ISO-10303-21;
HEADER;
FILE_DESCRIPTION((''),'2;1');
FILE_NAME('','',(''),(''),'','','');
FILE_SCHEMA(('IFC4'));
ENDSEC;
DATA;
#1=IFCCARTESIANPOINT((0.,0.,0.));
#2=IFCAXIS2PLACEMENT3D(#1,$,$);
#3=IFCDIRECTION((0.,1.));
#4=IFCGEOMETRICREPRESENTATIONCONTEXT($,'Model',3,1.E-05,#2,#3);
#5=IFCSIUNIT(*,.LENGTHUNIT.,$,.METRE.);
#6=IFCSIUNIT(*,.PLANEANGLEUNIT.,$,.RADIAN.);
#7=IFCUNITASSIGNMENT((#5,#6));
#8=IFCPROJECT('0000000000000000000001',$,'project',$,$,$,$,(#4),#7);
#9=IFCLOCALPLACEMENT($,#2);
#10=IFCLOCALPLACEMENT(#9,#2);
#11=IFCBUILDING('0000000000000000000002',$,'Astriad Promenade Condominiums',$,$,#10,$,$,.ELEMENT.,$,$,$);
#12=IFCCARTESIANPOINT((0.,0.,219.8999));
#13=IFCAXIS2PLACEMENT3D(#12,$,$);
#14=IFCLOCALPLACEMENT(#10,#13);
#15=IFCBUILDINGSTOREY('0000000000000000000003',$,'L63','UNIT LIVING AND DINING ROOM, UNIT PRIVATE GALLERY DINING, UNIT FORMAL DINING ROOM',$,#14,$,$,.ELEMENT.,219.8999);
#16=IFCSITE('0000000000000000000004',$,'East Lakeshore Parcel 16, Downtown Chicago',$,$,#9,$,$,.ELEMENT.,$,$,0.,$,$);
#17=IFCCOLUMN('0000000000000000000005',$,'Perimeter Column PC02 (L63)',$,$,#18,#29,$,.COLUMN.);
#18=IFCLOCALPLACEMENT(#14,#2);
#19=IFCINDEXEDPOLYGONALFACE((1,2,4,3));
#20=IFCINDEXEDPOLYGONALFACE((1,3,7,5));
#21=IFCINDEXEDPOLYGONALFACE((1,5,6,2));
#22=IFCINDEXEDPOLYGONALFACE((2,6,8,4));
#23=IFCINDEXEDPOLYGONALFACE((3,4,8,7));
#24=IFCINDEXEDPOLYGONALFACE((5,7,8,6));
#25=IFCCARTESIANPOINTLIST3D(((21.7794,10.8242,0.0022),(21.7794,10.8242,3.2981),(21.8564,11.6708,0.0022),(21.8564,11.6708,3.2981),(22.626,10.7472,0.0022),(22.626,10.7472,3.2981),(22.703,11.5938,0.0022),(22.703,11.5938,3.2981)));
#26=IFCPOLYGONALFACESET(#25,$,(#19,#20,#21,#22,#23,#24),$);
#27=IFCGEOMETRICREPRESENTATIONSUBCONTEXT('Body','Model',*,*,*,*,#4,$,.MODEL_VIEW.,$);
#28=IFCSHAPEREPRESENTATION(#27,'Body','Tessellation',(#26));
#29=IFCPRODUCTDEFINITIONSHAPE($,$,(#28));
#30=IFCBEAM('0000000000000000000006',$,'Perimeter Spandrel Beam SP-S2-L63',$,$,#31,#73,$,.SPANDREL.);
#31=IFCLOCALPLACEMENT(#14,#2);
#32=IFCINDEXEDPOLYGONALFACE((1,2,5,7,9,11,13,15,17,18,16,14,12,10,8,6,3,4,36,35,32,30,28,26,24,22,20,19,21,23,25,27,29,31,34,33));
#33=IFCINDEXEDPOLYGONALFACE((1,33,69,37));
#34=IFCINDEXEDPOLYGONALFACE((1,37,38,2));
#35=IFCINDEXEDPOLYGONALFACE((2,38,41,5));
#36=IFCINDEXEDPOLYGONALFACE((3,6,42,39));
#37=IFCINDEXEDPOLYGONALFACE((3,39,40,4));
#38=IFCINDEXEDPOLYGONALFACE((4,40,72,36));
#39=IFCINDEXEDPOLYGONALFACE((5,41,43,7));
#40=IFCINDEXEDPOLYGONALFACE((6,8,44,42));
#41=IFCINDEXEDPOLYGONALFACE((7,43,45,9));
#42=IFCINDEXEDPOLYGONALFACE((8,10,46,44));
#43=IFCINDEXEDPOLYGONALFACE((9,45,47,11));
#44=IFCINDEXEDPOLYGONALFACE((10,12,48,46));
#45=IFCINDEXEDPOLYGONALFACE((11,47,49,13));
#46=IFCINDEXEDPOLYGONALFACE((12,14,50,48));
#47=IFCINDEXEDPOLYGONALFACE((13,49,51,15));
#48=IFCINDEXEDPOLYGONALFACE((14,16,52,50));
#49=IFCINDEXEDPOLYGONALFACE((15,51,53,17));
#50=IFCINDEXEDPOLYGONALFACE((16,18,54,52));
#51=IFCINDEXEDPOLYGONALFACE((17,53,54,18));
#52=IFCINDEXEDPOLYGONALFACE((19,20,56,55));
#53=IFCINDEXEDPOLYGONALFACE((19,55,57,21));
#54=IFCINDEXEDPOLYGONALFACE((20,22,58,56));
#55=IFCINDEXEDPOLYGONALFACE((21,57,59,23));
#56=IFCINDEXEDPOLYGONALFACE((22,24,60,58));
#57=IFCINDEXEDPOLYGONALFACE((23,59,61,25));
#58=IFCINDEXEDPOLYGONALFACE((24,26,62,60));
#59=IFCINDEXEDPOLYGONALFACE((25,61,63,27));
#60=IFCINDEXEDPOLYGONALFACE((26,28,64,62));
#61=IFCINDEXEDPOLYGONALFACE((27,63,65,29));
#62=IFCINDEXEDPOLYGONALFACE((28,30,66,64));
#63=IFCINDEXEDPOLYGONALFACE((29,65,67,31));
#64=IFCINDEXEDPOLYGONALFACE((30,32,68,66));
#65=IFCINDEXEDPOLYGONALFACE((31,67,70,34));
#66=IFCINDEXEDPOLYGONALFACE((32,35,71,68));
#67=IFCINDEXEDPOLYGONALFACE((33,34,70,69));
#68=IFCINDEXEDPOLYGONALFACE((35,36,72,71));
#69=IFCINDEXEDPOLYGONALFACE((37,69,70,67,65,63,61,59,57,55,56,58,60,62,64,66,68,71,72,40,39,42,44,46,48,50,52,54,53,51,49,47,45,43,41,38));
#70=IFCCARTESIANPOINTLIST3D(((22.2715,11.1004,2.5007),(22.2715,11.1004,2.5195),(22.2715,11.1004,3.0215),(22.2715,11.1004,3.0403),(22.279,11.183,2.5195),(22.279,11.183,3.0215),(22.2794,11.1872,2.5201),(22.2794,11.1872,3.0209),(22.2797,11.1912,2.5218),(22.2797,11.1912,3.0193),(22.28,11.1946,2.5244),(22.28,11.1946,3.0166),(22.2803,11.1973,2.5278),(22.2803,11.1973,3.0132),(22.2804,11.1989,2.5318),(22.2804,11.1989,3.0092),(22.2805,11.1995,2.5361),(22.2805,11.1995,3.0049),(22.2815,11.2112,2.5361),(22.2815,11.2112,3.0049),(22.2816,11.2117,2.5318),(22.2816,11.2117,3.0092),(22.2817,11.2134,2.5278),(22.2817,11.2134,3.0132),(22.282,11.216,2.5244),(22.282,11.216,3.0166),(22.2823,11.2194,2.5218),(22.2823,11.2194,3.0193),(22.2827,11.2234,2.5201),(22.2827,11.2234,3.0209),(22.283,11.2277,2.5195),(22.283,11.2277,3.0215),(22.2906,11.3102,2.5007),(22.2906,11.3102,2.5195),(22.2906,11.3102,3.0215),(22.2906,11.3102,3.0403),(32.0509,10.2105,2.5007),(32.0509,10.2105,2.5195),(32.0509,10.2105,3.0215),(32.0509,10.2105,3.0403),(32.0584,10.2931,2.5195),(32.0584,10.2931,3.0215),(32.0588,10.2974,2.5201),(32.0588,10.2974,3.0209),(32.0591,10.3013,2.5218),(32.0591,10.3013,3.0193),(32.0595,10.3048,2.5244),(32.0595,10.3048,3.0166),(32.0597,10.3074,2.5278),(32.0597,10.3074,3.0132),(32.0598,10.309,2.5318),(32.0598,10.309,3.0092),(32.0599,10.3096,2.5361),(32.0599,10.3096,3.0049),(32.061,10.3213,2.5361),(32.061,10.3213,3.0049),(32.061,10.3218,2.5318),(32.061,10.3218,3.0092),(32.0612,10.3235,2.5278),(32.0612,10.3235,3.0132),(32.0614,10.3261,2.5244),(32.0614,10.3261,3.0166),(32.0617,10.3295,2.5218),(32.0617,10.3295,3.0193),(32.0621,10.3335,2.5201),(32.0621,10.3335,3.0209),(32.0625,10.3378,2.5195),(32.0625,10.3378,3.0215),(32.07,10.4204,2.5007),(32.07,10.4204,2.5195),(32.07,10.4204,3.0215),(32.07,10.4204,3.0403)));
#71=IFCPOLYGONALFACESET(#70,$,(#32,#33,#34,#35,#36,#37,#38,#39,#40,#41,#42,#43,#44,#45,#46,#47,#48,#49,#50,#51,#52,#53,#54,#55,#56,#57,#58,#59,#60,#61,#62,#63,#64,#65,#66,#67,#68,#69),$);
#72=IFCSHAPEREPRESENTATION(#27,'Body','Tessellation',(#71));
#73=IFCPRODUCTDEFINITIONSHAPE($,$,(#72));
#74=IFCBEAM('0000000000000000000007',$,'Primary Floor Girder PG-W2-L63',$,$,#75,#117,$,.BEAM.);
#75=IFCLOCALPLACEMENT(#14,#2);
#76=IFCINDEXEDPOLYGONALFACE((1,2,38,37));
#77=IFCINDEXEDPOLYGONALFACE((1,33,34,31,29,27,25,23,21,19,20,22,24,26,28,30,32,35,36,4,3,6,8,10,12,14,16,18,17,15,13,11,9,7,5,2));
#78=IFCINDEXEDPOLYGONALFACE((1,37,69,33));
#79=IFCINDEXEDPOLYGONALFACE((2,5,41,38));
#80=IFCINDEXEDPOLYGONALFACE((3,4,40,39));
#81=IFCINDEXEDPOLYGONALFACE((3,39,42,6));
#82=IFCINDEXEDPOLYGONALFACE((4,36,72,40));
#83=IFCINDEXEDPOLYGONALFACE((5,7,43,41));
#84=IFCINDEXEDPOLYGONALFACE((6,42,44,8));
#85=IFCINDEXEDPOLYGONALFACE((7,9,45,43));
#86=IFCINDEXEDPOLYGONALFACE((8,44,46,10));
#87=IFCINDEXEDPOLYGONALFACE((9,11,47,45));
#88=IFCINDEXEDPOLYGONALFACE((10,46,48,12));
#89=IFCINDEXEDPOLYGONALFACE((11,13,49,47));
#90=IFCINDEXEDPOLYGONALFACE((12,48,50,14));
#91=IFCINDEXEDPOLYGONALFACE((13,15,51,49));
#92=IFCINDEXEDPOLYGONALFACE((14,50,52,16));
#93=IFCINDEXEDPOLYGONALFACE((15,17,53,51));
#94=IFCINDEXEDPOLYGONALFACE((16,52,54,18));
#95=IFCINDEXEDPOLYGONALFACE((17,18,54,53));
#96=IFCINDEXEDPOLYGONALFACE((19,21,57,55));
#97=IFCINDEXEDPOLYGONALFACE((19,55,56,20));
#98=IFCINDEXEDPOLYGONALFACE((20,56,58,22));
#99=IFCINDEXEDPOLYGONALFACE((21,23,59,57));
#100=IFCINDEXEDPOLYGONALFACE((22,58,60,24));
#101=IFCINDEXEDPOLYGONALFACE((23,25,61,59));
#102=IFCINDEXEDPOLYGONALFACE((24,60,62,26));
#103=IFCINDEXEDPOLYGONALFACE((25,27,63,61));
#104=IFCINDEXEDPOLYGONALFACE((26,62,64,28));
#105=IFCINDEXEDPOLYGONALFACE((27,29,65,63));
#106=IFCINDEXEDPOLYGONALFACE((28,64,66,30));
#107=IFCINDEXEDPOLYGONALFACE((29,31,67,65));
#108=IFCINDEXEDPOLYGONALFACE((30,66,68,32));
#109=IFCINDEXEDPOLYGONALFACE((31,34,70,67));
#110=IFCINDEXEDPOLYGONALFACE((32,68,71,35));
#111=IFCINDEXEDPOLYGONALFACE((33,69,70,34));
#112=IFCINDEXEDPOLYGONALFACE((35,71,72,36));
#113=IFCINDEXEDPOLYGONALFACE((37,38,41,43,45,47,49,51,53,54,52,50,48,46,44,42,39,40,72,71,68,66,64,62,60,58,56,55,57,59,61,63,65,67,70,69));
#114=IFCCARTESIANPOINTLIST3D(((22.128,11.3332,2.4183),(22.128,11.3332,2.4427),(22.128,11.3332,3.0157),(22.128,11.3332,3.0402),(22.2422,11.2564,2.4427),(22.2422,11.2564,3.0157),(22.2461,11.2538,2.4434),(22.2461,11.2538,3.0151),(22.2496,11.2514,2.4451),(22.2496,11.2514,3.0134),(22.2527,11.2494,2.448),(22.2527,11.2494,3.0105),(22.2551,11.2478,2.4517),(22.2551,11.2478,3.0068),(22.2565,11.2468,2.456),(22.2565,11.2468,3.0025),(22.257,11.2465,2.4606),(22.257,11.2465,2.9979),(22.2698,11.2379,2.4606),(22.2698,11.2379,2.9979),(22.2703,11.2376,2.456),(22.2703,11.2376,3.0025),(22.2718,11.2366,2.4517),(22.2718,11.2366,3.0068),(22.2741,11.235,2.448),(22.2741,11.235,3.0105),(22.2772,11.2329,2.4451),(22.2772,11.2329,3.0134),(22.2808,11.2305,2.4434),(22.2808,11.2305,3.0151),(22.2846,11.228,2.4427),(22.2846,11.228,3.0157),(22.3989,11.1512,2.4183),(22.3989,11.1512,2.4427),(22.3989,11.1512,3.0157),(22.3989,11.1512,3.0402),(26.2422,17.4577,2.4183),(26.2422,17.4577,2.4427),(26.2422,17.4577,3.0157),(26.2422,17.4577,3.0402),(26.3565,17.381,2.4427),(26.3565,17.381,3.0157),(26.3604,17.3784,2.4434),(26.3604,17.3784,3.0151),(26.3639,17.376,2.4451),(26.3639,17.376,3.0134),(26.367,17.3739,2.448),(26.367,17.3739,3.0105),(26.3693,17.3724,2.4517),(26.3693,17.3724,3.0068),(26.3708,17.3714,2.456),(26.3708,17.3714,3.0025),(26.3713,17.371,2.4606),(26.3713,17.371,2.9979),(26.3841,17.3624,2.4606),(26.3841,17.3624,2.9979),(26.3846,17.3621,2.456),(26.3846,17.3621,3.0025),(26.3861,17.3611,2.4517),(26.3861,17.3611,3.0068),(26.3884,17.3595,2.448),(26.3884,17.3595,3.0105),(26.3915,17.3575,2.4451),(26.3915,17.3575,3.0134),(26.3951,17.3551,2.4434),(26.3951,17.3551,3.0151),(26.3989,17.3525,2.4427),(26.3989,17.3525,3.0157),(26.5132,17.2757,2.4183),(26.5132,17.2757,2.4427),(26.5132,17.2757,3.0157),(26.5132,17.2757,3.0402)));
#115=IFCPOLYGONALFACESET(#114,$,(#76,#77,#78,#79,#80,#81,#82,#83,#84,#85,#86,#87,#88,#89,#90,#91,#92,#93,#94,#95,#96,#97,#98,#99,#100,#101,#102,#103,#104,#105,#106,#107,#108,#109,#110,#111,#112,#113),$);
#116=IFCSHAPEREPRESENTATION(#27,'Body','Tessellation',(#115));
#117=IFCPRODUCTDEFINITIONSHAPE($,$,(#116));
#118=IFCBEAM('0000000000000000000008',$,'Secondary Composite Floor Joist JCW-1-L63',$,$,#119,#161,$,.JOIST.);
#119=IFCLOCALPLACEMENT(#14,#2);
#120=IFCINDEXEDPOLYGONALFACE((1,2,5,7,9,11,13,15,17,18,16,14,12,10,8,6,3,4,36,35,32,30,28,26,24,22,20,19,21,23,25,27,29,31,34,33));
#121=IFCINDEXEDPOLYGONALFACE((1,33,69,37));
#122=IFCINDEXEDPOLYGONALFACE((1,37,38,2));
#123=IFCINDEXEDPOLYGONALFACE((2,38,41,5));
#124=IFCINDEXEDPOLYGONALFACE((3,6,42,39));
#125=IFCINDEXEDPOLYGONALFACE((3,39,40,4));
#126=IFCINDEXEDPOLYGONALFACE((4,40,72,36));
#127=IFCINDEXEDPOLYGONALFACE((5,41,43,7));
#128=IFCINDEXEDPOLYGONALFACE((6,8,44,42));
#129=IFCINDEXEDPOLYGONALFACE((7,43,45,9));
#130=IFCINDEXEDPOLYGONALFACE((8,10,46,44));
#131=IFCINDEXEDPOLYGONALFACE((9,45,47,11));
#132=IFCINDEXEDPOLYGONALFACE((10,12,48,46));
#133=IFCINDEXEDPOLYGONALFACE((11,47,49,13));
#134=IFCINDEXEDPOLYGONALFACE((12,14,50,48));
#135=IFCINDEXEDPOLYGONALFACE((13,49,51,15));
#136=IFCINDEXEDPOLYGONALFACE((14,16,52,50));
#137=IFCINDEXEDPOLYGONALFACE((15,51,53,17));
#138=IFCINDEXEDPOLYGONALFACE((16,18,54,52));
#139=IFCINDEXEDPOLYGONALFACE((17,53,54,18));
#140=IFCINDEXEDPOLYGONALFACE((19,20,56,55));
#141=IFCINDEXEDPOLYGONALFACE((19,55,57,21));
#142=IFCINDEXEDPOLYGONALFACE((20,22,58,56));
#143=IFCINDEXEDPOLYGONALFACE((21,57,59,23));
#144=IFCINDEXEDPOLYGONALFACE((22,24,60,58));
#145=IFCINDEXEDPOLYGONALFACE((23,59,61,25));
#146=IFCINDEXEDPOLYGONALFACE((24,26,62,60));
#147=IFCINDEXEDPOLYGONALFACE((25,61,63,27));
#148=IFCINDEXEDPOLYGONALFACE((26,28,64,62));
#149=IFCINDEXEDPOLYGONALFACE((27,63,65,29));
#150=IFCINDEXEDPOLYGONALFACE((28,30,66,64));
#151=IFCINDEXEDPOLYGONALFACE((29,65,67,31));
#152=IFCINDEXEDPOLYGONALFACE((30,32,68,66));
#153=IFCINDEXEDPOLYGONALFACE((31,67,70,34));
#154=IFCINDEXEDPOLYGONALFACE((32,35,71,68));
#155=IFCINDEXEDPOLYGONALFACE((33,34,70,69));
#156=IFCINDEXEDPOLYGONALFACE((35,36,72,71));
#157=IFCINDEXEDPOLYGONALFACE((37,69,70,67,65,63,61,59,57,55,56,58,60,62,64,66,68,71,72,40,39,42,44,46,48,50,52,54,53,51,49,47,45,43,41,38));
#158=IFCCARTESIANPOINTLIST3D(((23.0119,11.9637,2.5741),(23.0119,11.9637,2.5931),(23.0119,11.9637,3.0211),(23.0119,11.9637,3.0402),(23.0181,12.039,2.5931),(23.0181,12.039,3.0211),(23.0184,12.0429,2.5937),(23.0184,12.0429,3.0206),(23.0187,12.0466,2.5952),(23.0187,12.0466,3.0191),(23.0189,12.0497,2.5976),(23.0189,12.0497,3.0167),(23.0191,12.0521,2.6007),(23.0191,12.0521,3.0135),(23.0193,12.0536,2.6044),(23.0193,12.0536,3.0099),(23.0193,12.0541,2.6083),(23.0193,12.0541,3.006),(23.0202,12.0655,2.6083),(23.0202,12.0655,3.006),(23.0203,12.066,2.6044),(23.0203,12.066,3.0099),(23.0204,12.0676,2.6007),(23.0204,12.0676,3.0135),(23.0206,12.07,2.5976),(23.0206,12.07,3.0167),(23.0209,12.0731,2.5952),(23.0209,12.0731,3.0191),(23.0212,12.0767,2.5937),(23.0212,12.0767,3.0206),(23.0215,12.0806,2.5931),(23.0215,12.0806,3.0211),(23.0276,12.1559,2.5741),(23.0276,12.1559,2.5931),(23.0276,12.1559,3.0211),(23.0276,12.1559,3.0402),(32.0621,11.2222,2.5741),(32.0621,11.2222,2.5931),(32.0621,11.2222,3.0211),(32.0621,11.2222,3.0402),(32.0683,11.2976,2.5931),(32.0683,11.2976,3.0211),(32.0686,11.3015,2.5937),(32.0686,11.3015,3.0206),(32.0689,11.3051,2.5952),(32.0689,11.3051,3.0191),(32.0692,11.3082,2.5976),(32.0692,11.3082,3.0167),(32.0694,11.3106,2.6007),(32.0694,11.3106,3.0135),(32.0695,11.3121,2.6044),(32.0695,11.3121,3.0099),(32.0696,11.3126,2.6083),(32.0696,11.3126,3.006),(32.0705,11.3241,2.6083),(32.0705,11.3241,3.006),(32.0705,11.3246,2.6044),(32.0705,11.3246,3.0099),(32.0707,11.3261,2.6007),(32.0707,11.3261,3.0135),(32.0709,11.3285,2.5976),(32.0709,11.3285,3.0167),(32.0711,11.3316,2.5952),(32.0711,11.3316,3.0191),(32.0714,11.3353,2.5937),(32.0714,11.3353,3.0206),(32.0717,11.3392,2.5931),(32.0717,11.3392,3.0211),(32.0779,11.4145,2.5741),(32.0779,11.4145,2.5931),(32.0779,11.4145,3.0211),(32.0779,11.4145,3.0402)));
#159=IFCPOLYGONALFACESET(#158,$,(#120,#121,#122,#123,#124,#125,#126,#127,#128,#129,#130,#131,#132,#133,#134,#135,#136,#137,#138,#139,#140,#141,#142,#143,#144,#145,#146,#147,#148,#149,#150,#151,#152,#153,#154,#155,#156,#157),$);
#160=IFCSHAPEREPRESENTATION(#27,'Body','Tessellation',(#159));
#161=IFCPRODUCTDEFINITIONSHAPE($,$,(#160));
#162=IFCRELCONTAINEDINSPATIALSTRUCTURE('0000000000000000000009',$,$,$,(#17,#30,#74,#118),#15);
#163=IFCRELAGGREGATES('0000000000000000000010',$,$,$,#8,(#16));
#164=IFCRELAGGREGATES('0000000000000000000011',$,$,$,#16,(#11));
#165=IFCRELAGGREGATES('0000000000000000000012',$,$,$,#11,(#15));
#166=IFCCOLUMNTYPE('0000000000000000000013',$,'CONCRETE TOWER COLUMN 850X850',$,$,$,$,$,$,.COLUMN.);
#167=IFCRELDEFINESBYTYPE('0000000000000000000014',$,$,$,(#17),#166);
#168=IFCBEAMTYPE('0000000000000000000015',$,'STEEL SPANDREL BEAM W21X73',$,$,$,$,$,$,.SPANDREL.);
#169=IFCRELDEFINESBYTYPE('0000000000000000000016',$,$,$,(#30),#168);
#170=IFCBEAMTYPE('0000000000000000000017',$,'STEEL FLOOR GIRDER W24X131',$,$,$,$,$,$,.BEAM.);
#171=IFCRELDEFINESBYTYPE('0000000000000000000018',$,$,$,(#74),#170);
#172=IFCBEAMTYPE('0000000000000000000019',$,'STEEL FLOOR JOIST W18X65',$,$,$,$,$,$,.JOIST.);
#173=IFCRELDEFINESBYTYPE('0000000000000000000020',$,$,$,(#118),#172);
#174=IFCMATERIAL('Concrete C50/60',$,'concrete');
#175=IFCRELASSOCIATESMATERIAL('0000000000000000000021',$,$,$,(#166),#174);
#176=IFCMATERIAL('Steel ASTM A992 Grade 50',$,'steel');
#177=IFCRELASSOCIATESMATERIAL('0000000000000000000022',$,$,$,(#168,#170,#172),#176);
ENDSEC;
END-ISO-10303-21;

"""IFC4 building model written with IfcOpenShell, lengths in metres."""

from ifc_helpers import new_model, si_unit, direction, frame, origin, origin_2d, place, context, subcontext, project, spatial, rectangle, i_section, extrude, source, transform, mapped, material, material_profile, profile_set, type_object, type_shapes, element, save


model = new_model("IFC4")

# Units and contexts
model_context = context("Model", 3, precision=1e-05, world=origin(), true_north=direction((0.0, 1.0)))
body_context = subcontext(model_context, "Body", "Model", "MODEL_VIEW")
ifc_project = project(units=[si_unit("LENGTHUNIT", "METRE"), si_unit("PLANEANGLEUNIT", "RADIAN")], contexts=[model_context])

# Site, building, storey
site_placement = place(None, origin())
site = spatial("IfcSite", under=ifc_project, at=site_placement, Name="East Lakeshore Parcel 16, Downtown Chicago", CompositionType="ELEMENT", RefElevation=0.0)
building_placement = place(site_placement, origin())
building = spatial("IfcBuilding", under=site, at=building_placement, Name="Astriad Promenade Condominiums", CompositionType="ELEMENT")
storey_placement = place(building_placement, frame((0.0, 0.0, 219.8999)))
storey = spatial("IfcBuildingStorey", under=building, at=storey_placement, Name="L63", Description="UNIT LIVING AND DINING ROOM, UNIT PRIVATE GALLERY DINING, UNIT FORMAL DINING ROOM", CompositionType="ELEMENT", Elevation=219.8999)

# Column
ifc_material_1 = material(Name="Concrete C50/60", Category="concrete")
ifc_material_profile_1 = material_profile(ifc_material_1, rectangle(XDim=0.8501, YDim=0.8501, at=origin_2d()), Name="RC-COL-850X850")
ifc_profile_set_1 = profile_set([ifc_material_profile_1], Name="Concrete C50/60")
column_type = type_object("IfcColumnType", Name="CONCRETE TOWER COLUMN 850X850", PredefinedType="COLUMN", material=ifc_profile_set_1)
shared_shape_1 = source(origin(), body_context, "Body", "SweptSolid", [
    extrude(rectangle(XDim=0.8501, YDim=0.8501, at=origin_2d()), origin(), (0.0, 0.0, 1.0), 3.2959),
])
type_shapes(column_type, [shared_shape_1])
column_placement = place(storey_placement, frame((22.2412, 11.209, 0.0022), z_axis=(0.0, 0.0, 1.0), x_axis=(0.995884, -0.090633, 0.0)))
element("IfcColumn", 1, at=column_placement, inside=storey, type_object=column_type, Name="Perimeter Column PC02 (L63)", PredefinedType="COLUMN", context=body_context, shape_type="MappedRepresentation", body=[
    mapped(shared_shape_1, transform((0.0, 0.0, 0.0), scale=1.0)),
])

# Beams
ifc_material_2 = material(Name="Steel ASTM A992 Grade 50", Category="steel")
ifc_material_profile_2 = material_profile(ifc_material_2, i_section(OverallWidth=0.2107, OverallDepth=0.5396, WebThickness=0.0117, FlangeThickness=0.0188, FilletRadius=0.0166, at=origin_2d()), Name="W21X73")
ifc_profile_set_2 = profile_set([ifc_material_profile_2], Name="Steel ASTM A992 Grade 50")
beam_type_1 = type_object("IfcBeamType", Name="STEEL SPANDREL BEAM W21X73", PredefinedType="SPANDREL", material=ifc_profile_set_2)
shared_shape_2 = source(origin(), body_context, "Body", "SweptSolid", [
    extrude(i_section(OverallWidth=0.2107, OverallDepth=0.5396, WebThickness=0.0117, FlangeThickness=0.0188, FilletRadius=0.0166, at=origin_2d()), origin(), (0.0, 0.0, 1.0), 9.8198),
])
type_shapes(beam_type_1, [shared_shape_2])
beam_1_placement = place(storey_placement, frame((22.281, 11.2053, 2.7705), z_axis=(0.995885, -0.090621, 0.0), x_axis=(0.090621, 0.995885, 0.0)))
element("IfcBeam", 2, at=beam_1_placement, inside=storey, type_object=beam_type_1, Name="Perimeter Spandrel Beam SP-S2-L63", PredefinedType="SPANDREL", context=body_context, shape_type="MappedRepresentation", body=[
    mapped(shared_shape_2, transform((0.0, 0.0, 0.0), scale=1.0)),
])
ifc_material_profile_3 = material_profile(ifc_material_2, i_section(OverallWidth=0.3264, OverallDepth=0.6218, WebThickness=0.0154, FlangeThickness=0.0244, FilletRadius=0.0178, at=origin_2d()), Name="W24X131")
ifc_profile_set_3 = profile_set([ifc_material_profile_3], Name="Steel ASTM A992 Grade 50")
beam_type_2 = type_object("IfcBeamType", Name="STEEL FLOOR GIRDER W24X131", PredefinedType="BEAM", material=ifc_profile_set_3)
shared_shape_3 = source(origin(), body_context, "Body", "SweptSolid", [
    extrude(i_section(OverallWidth=0.3264, OverallDepth=0.6218, WebThickness=0.0154, FlangeThickness=0.0244, FilletRadius=0.0178, at=origin_2d()), origin(), (0.0, 0.0, 1.0), 7.3782),
])
type_shapes(beam_type_2, [shared_shape_3])
beam_2_placement = place(storey_placement, frame((22.2634, 11.2422, 2.7292), z_axis=(0.557629, 0.83009, 0.0), x_axis=(-0.83009, 0.557629, 0.0)))
element("IfcBeam", 3, at=beam_2_placement, inside=storey, type_object=beam_type_2, Name="Primary Floor Girder PG-W2-L63", PredefinedType="BEAM", context=body_context, shape_type="MappedRepresentation", body=[
    mapped(shared_shape_3, transform((0.0, 0.0, 0.0), scale=1.0)),
])
ifc_material_profile_4 = material_profile(ifc_material_2, i_section(OverallWidth=0.1929, OverallDepth=0.4661, WebThickness=0.0115, FlangeThickness=0.019, FilletRadius=0.0151, at=origin_2d()), Name="W18X65")
ifc_profile_set_4 = profile_set([ifc_material_profile_4], Name="Steel ASTM A992 Grade 50")
beam_type_3 = type_object("IfcBeamType", Name="STEEL FLOOR JOIST W18X65", PredefinedType="JOIST", material=ifc_profile_set_4)
shared_shape_4 = source(origin(), body_context, "Body", "SweptSolid", [
    extrude(i_section(OverallWidth=0.1929, OverallDepth=0.4661, WebThickness=0.0115, FlangeThickness=0.019, FilletRadius=0.0151, at=origin_2d()), origin(), (0.0, 0.0, 1.0), 9.0806),
])
beam_3_placement = place(storey_placement, frame((23.0198, 12.0598, 2.8071), z_axis=(0.996661, -0.081653, 0.0), x_axis=(0.081653, 0.996661, 0.0)))
element("IfcBeam", 4, at=beam_3_placement, inside=storey, type_object=beam_type_3, Name="Secondary Composite Floor Joist JCW-1-L63", PredefinedType="JOIST", context=body_context, shape_type="MappedRepresentation", body=[
    mapped(shared_shape_4, transform((0.0, 0.0, 0.0), scale=1.0)),
])

save(model, "model.ifc")
